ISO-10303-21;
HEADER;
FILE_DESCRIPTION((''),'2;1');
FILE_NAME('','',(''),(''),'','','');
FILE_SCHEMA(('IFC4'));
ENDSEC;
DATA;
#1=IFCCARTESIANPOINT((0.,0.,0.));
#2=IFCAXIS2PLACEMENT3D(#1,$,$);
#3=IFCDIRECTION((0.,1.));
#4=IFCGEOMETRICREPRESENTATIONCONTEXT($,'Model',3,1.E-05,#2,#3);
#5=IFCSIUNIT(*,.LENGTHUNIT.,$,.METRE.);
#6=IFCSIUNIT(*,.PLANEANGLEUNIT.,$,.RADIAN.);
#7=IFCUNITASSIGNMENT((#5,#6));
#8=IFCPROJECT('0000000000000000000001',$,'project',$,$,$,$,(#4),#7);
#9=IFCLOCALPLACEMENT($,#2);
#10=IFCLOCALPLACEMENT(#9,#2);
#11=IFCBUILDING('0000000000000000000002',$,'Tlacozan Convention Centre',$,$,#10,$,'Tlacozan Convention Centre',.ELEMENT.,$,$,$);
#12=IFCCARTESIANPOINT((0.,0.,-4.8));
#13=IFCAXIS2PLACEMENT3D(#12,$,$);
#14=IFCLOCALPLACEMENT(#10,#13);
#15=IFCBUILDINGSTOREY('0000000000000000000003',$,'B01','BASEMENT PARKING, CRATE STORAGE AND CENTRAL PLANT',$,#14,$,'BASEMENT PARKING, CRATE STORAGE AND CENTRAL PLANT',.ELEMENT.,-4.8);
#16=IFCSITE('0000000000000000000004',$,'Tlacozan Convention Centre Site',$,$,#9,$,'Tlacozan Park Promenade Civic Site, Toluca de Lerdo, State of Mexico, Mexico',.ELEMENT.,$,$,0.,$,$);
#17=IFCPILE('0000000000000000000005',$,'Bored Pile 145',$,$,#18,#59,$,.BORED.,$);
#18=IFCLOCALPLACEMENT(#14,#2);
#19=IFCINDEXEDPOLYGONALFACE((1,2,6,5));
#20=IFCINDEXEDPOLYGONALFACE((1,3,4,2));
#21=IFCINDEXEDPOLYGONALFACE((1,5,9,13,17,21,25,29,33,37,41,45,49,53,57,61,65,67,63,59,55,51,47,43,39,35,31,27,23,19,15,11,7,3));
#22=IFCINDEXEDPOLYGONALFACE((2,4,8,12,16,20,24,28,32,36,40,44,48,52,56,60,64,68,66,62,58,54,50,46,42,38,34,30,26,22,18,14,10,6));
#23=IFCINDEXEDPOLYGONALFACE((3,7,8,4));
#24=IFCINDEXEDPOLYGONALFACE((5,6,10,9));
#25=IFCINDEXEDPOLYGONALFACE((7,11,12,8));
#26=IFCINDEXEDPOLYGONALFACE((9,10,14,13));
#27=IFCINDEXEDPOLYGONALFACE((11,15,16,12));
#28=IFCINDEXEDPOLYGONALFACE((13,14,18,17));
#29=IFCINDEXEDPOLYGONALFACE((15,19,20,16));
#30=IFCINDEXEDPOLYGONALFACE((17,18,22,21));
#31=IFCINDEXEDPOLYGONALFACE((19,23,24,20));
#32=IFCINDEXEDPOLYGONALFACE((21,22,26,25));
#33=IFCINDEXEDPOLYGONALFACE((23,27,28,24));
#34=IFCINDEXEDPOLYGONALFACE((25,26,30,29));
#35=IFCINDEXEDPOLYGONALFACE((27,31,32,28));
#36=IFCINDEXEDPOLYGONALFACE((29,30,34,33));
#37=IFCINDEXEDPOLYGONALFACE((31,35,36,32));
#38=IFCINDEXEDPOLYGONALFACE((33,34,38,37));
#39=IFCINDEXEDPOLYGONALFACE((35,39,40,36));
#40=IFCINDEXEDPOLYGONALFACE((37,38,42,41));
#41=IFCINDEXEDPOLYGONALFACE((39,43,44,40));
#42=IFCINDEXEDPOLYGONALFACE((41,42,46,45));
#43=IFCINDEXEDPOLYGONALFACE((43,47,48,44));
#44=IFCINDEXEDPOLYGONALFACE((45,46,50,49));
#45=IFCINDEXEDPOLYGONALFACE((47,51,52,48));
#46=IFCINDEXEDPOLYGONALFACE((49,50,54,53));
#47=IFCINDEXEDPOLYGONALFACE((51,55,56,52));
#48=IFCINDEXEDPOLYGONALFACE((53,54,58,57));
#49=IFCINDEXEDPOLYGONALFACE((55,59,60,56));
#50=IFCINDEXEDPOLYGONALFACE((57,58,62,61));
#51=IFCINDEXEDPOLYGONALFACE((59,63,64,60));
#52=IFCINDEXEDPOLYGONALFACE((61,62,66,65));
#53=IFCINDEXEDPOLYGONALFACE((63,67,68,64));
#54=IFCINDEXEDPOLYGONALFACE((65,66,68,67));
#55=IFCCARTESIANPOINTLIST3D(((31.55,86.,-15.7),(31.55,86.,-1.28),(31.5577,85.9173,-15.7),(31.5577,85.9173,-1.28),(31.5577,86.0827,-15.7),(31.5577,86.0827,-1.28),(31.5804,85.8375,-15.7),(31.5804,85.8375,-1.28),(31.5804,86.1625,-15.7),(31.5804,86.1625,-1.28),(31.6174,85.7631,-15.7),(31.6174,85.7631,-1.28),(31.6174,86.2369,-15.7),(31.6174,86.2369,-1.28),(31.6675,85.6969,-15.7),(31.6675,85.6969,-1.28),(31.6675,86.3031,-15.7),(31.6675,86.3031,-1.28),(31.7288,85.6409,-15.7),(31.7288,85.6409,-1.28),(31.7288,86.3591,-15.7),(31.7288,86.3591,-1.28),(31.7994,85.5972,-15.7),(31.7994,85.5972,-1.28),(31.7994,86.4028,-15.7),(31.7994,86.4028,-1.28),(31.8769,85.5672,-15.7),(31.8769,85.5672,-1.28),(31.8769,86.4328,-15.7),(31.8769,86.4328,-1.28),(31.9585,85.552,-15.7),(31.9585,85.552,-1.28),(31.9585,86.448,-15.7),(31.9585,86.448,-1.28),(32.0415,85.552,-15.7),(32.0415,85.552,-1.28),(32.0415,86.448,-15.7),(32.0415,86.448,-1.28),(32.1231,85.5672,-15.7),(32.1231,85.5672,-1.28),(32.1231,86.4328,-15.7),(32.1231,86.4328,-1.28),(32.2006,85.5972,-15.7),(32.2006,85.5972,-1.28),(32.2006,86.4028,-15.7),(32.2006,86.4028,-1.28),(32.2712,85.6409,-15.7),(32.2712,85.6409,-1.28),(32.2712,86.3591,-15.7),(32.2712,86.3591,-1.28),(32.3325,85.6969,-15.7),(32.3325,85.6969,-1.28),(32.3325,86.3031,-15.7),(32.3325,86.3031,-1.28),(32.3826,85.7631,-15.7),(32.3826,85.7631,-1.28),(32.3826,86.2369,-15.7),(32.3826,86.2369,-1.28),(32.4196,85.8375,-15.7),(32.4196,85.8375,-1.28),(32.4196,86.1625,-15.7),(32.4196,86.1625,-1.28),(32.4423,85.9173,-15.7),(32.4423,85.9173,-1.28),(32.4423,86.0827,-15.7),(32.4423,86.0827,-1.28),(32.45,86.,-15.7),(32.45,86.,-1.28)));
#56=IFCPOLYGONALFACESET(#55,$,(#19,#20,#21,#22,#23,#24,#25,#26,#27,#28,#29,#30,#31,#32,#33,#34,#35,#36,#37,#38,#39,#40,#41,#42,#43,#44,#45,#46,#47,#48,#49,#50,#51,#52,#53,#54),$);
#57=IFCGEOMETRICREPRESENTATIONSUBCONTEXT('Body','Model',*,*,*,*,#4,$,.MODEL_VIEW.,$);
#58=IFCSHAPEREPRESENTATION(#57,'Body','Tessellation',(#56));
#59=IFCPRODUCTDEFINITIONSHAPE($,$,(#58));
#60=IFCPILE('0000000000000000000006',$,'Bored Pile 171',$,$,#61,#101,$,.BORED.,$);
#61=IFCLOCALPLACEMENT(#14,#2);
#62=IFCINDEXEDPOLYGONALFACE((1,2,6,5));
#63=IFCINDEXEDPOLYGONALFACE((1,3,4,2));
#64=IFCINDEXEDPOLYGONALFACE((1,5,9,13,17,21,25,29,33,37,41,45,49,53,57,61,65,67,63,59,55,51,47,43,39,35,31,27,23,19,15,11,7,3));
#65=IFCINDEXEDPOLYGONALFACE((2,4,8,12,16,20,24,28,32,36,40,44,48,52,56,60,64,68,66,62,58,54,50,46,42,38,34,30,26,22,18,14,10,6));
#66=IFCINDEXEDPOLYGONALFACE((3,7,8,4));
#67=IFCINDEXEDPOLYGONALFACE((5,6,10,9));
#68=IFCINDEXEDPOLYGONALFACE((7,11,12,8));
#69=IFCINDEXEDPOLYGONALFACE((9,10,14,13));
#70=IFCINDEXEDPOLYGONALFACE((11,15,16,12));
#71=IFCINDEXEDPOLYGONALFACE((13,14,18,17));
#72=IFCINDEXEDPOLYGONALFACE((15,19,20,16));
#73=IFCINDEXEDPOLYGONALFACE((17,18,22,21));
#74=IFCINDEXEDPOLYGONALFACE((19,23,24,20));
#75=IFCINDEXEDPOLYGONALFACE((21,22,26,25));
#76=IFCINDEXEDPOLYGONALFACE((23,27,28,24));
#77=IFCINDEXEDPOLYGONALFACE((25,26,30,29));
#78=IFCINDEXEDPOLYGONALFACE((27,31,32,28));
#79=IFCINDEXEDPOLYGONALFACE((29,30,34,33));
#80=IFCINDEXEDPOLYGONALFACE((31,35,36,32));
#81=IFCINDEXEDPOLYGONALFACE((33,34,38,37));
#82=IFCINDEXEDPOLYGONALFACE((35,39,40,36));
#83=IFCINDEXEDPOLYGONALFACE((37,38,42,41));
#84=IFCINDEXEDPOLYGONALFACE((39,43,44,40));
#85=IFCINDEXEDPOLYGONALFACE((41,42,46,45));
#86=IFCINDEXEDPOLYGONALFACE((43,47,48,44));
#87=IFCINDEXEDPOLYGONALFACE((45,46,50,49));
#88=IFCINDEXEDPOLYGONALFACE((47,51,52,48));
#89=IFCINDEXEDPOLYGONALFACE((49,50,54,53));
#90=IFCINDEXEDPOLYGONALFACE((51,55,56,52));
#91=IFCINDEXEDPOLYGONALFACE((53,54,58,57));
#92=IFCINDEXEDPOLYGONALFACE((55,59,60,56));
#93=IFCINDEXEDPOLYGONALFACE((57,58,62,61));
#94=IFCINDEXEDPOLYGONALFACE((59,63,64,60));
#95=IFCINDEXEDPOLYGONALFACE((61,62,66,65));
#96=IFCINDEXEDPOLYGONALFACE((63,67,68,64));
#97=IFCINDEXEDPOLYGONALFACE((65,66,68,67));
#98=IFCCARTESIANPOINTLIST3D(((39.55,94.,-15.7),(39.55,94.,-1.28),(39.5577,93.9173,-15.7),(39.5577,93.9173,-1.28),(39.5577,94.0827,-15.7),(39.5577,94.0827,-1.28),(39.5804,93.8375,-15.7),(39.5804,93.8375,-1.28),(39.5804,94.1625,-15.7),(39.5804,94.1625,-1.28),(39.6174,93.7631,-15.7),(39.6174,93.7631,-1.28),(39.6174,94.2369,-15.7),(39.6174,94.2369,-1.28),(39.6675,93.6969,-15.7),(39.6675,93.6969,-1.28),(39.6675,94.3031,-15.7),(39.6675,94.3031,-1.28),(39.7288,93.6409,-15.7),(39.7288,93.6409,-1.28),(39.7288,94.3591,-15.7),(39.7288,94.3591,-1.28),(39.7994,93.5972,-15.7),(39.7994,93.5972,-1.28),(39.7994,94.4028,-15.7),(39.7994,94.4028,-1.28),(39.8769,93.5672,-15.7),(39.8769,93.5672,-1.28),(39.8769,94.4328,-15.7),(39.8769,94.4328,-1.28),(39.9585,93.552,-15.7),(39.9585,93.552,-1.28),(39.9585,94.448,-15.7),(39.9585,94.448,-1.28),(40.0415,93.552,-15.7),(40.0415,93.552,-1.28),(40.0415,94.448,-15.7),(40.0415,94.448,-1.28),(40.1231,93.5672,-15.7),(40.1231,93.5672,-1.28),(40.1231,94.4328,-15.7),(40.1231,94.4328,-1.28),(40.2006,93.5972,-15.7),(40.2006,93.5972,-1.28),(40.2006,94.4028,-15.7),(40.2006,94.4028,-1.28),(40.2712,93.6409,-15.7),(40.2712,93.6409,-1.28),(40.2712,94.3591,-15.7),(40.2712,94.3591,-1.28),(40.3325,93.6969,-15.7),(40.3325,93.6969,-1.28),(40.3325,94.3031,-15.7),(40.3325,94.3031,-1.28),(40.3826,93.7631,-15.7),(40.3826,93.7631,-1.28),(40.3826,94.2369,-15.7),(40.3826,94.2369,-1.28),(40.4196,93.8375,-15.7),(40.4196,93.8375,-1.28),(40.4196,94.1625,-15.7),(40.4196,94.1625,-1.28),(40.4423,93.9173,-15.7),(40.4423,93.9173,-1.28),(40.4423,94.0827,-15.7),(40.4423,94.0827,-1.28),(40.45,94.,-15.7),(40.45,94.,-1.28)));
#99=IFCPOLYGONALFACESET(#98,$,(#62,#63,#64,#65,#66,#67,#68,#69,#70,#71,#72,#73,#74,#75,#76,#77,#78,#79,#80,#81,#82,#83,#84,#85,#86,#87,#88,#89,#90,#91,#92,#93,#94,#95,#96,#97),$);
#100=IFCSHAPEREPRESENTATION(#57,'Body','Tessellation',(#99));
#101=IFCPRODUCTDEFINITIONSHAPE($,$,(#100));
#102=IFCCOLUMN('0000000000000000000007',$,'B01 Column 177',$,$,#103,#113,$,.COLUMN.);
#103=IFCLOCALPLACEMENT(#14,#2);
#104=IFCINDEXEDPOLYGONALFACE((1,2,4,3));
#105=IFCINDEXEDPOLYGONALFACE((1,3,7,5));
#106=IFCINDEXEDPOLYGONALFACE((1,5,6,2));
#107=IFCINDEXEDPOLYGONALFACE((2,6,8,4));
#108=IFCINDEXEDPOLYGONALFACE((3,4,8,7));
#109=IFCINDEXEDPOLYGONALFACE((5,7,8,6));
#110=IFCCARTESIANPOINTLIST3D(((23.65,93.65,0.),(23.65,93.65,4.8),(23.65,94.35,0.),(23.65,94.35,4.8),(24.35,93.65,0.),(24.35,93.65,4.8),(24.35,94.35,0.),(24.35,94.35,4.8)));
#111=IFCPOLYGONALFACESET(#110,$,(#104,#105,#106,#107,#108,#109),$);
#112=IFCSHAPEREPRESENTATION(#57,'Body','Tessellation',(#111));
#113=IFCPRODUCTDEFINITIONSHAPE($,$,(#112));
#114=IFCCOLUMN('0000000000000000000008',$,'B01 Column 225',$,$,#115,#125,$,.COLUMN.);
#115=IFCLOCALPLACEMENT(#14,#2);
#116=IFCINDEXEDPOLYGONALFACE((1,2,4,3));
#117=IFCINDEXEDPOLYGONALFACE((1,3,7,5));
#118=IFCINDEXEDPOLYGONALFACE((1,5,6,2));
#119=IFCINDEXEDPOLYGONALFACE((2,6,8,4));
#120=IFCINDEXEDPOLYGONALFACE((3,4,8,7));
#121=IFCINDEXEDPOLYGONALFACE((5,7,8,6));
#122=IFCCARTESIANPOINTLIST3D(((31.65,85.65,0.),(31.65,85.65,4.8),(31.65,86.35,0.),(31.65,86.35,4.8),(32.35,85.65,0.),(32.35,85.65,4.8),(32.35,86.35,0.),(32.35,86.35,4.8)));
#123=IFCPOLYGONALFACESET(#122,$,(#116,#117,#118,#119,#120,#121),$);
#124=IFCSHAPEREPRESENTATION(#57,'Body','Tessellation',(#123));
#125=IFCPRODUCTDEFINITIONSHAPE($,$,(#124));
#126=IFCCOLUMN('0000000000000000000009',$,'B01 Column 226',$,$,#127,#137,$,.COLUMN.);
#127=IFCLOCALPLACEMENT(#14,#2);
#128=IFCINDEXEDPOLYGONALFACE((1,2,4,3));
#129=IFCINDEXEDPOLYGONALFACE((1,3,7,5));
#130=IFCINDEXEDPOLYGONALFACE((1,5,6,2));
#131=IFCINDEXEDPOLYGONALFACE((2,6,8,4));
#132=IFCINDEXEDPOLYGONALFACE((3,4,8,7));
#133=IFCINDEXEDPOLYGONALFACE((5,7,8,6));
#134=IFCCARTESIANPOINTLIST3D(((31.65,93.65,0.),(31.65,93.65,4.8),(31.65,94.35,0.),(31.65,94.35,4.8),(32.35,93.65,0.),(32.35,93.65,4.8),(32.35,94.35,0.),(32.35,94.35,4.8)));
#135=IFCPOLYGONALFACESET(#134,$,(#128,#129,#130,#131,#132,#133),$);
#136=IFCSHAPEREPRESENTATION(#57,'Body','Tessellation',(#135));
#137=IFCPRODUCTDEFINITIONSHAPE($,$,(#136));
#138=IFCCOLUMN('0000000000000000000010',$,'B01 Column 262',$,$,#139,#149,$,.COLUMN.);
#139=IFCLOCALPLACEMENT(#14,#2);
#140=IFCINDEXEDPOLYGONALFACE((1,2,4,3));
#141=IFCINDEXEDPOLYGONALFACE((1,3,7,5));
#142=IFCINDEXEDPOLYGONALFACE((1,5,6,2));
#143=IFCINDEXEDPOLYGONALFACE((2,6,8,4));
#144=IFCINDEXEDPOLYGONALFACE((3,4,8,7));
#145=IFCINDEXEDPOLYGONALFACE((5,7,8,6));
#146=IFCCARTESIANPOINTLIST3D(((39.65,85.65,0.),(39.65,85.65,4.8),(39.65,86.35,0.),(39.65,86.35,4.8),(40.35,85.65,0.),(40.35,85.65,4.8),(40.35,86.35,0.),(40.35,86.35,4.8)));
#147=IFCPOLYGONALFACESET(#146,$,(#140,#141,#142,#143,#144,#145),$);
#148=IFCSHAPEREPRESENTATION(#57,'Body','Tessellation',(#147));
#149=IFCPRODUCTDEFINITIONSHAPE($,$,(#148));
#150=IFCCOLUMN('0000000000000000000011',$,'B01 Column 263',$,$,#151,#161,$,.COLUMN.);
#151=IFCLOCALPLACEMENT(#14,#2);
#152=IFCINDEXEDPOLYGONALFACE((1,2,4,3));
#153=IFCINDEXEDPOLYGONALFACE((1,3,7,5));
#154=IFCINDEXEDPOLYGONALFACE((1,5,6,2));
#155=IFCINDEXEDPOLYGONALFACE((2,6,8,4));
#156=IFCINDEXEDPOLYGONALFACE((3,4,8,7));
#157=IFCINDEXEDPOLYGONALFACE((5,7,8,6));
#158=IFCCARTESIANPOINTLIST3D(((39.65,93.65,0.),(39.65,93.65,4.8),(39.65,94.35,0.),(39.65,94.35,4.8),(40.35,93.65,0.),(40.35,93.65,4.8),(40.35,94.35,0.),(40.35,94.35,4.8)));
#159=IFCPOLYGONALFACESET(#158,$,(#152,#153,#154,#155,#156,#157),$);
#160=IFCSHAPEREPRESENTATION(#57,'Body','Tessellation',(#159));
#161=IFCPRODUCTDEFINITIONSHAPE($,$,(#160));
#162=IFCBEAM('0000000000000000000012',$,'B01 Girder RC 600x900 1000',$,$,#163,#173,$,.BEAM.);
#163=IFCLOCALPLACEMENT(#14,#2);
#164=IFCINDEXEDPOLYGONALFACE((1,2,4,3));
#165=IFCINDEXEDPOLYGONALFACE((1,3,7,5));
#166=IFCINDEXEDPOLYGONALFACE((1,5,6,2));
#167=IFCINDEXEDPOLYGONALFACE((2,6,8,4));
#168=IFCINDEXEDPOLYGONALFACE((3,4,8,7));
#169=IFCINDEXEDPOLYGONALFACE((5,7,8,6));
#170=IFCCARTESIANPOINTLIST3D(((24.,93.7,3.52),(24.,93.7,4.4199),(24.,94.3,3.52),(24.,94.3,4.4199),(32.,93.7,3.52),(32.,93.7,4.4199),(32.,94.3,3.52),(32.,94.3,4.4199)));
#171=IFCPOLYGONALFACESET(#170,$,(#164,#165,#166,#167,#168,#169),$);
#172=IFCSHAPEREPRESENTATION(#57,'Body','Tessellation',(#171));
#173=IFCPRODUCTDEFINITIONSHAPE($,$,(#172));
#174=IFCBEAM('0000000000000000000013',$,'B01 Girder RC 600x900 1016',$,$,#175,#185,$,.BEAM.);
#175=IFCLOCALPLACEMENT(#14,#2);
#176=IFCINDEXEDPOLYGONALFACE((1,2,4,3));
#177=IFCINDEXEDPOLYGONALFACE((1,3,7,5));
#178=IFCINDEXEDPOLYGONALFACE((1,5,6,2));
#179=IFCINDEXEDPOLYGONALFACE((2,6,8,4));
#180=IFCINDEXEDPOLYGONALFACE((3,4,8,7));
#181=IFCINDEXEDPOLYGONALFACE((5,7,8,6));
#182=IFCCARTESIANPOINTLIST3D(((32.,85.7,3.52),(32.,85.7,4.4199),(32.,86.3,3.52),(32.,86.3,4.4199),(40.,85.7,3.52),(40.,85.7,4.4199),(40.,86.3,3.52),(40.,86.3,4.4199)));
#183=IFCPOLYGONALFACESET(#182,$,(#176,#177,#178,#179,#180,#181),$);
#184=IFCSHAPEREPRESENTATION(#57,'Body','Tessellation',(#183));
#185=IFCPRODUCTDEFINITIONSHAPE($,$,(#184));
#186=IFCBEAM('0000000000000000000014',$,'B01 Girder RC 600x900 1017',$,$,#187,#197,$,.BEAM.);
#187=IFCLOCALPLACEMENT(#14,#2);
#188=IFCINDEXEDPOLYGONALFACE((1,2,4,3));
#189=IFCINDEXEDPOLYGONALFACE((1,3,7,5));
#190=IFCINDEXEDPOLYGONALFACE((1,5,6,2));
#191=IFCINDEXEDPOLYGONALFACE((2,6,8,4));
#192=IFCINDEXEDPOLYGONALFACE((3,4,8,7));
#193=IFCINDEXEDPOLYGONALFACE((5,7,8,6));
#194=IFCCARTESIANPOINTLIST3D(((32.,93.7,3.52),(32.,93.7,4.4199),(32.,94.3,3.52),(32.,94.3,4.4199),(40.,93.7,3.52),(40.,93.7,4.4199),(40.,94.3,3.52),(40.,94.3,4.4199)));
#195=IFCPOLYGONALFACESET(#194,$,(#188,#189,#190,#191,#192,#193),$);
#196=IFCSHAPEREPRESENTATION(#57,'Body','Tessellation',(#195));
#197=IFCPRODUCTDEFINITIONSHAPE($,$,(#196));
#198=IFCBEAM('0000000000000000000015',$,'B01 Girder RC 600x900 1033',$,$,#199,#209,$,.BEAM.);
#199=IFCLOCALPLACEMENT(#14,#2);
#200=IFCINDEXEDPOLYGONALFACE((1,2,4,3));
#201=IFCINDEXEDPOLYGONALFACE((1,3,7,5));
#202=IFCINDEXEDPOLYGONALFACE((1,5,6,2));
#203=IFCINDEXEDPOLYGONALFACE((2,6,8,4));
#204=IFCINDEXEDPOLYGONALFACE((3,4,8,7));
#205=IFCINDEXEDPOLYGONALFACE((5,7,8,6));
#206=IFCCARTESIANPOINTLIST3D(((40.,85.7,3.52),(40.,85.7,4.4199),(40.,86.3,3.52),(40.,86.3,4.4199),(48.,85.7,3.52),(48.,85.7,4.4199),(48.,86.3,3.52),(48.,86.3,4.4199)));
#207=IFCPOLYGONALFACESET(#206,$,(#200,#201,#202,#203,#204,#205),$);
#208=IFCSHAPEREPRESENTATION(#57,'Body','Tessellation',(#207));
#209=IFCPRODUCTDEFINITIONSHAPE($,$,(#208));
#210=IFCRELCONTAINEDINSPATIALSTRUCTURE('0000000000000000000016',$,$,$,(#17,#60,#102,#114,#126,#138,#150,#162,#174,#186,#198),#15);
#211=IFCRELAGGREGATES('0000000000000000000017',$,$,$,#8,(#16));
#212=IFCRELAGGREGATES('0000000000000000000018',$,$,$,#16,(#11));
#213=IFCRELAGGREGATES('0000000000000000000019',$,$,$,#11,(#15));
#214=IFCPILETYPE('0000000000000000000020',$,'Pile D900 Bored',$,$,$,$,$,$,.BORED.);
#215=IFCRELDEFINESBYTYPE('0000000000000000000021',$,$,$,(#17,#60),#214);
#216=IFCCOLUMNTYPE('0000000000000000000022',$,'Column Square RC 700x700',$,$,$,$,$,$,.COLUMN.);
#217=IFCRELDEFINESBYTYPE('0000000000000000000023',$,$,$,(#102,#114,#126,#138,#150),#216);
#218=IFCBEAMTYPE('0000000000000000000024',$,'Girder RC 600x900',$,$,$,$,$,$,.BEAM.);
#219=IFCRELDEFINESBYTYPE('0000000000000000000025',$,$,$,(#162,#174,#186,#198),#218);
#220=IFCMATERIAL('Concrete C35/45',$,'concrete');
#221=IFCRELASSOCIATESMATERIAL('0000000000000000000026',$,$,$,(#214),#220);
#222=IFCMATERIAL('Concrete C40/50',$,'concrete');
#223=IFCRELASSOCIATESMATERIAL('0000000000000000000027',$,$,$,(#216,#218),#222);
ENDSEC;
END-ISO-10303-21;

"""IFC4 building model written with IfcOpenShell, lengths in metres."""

from ifc_helpers import new_model, si_unit, direction, frame, origin, origin_2d, place, context, subcontext, project, spatial, rectangle, circle, extrude, material, material_profile, profile_set, type_object, element, save


model = new_model("IFC4")

# Units and contexts
model_context = context("Model", 3, precision=1e-05, world=origin(), true_north=direction((0.0, 1.0)))
body_context = subcontext(model_context, "Body", "Model", "MODEL_VIEW")
ifc_project = project(units=[si_unit("LENGTHUNIT", "METRE"), si_unit("PLANEANGLEUNIT", "RADIAN")], contexts=[model_context])

# Site, building, storey
site_placement = place(None, origin())
site = spatial("IfcSite", under=ifc_project, at=site_placement, Name="Tlacozan Convention Centre Site", LongName="Tlacozan Park Promenade Civic Site, Toluca de Lerdo, State of Mexico, Mexico", CompositionType="ELEMENT", RefElevation=0.0)
building_placement = place(site_placement, origin())
building = spatial("IfcBuilding", under=site, at=building_placement, Name="Tlacozan Convention Centre", LongName="Tlacozan Convention Centre", CompositionType="ELEMENT")
storey_placement = place(building_placement, frame((0.0, 0.0, -4.8)))
storey = spatial("IfcBuildingStorey", under=building, at=storey_placement, Name="B01", Description="BASEMENT PARKING, CRATE STORAGE AND CENTRAL PLANT", LongName="BASEMENT PARKING, CRATE STORAGE AND CENTRAL PLANT", CompositionType="ELEMENT", Elevation=-4.8)

# Shared definitions
ifc_material_1 = material(Name="Concrete C35/45", Category="concrete")

# Piles
ifc_material_profile_1 = material_profile(ifc_material_1, circle(Radius=0.45, at=origin_2d()), Name="PILE D900")
ifc_profile_set_1 = profile_set([ifc_material_profile_1], Name="Concrete C35/45")
pile_type_1 = type_object("IfcPileType", Name="Pile D900 Bored", PredefinedType="BORED", material=ifc_profile_set_1)
for number, where, z_axis, x_axis, name in (
    (1, (32.0, 86.0, -1.28), (0.0, 0.0, -1.0), (1.0, 0.0, 0.0), "Bored Pile 145"),
    (2, (40.0, 94.0, -1.28), (0.0, 0.0, -1.0), (1.0, 0.0, 0.0), "Bored Pile 171"),
):
    element("IfcPile", number, at=place(storey_placement, frame(where, z_axis=z_axis, x_axis=x_axis)), inside=storey, type_object=pile_type_1, Name=name, PredefinedType="BORED", context=body_context, shape_type="SweptSolid", body=[
        extrude(circle(Radius=0.45, at=origin_2d()), origin(), (0.0, 0.0, 1.0), 14.4199),
    ])

# Columns
ifc_material_2 = material(Name="Concrete C40/50", Category="concrete")
ifc_material_profile_2 = material_profile(ifc_material_2, rectangle(XDim=0.7, YDim=0.7, at=origin_2d()), Name="RC 700x700")
ifc_profile_set_2 = profile_set([ifc_material_profile_2], Name="Concrete C40/50")
column_type = type_object("IfcColumnType", Name="Column Square RC 700x700", PredefinedType="COLUMN", material=ifc_profile_set_2)
for number, where, z_axis, x_axis, name in (
    (3, (24.0, 94.0, 0.0), (0.0, 0.0, 1.0), (1.0, 0.0, 0.0), "B01 Column 177"),
    (4, (32.0, 86.0, 0.0), (0.0, 0.0, 1.0), (1.0, 0.0, 0.0), "B01 Column 225"),
    (5, (32.0, 94.0, 0.0), (0.0, 0.0, 1.0), (1.0, 0.0, 0.0), "B01 Column 226"),
    (6, (40.0, 86.0, 0.0), (0.0, 0.0, 1.0), (1.0, 0.0, 0.0), "B01 Column 262"),
    (7, (40.0, 94.0, 0.0), (0.0, 0.0, 1.0), (1.0, 0.0, 0.0), "B01 Column 263"),
):
    element("IfcColumn", number, at=place(storey_placement, frame(where, z_axis=z_axis, x_axis=x_axis)), inside=storey, type_object=column_type, Name=name, PredefinedType="COLUMN", context=body_context, shape_type="SweptSolid", body=[
        extrude(rectangle(XDim=0.7, YDim=0.7, at=origin_2d()), origin(), (0.0, 0.0, 1.0), 4.8),
    ])

# Beams
ifc_material_profile_3 = material_profile(ifc_material_2, rectangle(XDim=0.6001, YDim=0.8999, at=origin_2d()), Name="RC 600x900")
ifc_profile_set_3 = profile_set([ifc_material_profile_3], Name="Concrete C40/50")
beam_type_1 = type_object("IfcBeamType", Name="Girder RC 600x900", PredefinedType="BEAM", material=ifc_profile_set_3)
for number, where, z_axis, x_axis, name in (
    (8, (24.0, 94.0, 3.97), (1.0, 0.0, 0.0), (0.0, 1.0, 0.0), "B01 Girder RC 600x900 1000"),
    (9, (32.0, 86.0, 3.97), (1.0, 0.0, 0.0), (0.0, 1.0, 0.0), "B01 Girder RC 600x900 1016"),
    (10, (32.0, 94.0, 3.97), (1.0, 0.0, 0.0), (0.0, 1.0, 0.0), "B01 Girder RC 600x900 1017"),
    (11, (40.0, 86.0, 3.97), (1.0, 0.0, 0.0), (0.0, 1.0, 0.0), "B01 Girder RC 600x900 1033"),
):
    element("IfcBeam", number, at=place(storey_placement, frame(where, z_axis=z_axis, x_axis=x_axis)), inside=storey, type_object=beam_type_1, Name=name, PredefinedType="BEAM", context=body_context, shape_type="SweptSolid", body=[
        extrude(rectangle(XDim=0.6001, YDim=0.8999, at=origin_2d()), origin(), (0.0, 0.0, 1.0), 8.0),
    ])

save(model, "model.ifc")
